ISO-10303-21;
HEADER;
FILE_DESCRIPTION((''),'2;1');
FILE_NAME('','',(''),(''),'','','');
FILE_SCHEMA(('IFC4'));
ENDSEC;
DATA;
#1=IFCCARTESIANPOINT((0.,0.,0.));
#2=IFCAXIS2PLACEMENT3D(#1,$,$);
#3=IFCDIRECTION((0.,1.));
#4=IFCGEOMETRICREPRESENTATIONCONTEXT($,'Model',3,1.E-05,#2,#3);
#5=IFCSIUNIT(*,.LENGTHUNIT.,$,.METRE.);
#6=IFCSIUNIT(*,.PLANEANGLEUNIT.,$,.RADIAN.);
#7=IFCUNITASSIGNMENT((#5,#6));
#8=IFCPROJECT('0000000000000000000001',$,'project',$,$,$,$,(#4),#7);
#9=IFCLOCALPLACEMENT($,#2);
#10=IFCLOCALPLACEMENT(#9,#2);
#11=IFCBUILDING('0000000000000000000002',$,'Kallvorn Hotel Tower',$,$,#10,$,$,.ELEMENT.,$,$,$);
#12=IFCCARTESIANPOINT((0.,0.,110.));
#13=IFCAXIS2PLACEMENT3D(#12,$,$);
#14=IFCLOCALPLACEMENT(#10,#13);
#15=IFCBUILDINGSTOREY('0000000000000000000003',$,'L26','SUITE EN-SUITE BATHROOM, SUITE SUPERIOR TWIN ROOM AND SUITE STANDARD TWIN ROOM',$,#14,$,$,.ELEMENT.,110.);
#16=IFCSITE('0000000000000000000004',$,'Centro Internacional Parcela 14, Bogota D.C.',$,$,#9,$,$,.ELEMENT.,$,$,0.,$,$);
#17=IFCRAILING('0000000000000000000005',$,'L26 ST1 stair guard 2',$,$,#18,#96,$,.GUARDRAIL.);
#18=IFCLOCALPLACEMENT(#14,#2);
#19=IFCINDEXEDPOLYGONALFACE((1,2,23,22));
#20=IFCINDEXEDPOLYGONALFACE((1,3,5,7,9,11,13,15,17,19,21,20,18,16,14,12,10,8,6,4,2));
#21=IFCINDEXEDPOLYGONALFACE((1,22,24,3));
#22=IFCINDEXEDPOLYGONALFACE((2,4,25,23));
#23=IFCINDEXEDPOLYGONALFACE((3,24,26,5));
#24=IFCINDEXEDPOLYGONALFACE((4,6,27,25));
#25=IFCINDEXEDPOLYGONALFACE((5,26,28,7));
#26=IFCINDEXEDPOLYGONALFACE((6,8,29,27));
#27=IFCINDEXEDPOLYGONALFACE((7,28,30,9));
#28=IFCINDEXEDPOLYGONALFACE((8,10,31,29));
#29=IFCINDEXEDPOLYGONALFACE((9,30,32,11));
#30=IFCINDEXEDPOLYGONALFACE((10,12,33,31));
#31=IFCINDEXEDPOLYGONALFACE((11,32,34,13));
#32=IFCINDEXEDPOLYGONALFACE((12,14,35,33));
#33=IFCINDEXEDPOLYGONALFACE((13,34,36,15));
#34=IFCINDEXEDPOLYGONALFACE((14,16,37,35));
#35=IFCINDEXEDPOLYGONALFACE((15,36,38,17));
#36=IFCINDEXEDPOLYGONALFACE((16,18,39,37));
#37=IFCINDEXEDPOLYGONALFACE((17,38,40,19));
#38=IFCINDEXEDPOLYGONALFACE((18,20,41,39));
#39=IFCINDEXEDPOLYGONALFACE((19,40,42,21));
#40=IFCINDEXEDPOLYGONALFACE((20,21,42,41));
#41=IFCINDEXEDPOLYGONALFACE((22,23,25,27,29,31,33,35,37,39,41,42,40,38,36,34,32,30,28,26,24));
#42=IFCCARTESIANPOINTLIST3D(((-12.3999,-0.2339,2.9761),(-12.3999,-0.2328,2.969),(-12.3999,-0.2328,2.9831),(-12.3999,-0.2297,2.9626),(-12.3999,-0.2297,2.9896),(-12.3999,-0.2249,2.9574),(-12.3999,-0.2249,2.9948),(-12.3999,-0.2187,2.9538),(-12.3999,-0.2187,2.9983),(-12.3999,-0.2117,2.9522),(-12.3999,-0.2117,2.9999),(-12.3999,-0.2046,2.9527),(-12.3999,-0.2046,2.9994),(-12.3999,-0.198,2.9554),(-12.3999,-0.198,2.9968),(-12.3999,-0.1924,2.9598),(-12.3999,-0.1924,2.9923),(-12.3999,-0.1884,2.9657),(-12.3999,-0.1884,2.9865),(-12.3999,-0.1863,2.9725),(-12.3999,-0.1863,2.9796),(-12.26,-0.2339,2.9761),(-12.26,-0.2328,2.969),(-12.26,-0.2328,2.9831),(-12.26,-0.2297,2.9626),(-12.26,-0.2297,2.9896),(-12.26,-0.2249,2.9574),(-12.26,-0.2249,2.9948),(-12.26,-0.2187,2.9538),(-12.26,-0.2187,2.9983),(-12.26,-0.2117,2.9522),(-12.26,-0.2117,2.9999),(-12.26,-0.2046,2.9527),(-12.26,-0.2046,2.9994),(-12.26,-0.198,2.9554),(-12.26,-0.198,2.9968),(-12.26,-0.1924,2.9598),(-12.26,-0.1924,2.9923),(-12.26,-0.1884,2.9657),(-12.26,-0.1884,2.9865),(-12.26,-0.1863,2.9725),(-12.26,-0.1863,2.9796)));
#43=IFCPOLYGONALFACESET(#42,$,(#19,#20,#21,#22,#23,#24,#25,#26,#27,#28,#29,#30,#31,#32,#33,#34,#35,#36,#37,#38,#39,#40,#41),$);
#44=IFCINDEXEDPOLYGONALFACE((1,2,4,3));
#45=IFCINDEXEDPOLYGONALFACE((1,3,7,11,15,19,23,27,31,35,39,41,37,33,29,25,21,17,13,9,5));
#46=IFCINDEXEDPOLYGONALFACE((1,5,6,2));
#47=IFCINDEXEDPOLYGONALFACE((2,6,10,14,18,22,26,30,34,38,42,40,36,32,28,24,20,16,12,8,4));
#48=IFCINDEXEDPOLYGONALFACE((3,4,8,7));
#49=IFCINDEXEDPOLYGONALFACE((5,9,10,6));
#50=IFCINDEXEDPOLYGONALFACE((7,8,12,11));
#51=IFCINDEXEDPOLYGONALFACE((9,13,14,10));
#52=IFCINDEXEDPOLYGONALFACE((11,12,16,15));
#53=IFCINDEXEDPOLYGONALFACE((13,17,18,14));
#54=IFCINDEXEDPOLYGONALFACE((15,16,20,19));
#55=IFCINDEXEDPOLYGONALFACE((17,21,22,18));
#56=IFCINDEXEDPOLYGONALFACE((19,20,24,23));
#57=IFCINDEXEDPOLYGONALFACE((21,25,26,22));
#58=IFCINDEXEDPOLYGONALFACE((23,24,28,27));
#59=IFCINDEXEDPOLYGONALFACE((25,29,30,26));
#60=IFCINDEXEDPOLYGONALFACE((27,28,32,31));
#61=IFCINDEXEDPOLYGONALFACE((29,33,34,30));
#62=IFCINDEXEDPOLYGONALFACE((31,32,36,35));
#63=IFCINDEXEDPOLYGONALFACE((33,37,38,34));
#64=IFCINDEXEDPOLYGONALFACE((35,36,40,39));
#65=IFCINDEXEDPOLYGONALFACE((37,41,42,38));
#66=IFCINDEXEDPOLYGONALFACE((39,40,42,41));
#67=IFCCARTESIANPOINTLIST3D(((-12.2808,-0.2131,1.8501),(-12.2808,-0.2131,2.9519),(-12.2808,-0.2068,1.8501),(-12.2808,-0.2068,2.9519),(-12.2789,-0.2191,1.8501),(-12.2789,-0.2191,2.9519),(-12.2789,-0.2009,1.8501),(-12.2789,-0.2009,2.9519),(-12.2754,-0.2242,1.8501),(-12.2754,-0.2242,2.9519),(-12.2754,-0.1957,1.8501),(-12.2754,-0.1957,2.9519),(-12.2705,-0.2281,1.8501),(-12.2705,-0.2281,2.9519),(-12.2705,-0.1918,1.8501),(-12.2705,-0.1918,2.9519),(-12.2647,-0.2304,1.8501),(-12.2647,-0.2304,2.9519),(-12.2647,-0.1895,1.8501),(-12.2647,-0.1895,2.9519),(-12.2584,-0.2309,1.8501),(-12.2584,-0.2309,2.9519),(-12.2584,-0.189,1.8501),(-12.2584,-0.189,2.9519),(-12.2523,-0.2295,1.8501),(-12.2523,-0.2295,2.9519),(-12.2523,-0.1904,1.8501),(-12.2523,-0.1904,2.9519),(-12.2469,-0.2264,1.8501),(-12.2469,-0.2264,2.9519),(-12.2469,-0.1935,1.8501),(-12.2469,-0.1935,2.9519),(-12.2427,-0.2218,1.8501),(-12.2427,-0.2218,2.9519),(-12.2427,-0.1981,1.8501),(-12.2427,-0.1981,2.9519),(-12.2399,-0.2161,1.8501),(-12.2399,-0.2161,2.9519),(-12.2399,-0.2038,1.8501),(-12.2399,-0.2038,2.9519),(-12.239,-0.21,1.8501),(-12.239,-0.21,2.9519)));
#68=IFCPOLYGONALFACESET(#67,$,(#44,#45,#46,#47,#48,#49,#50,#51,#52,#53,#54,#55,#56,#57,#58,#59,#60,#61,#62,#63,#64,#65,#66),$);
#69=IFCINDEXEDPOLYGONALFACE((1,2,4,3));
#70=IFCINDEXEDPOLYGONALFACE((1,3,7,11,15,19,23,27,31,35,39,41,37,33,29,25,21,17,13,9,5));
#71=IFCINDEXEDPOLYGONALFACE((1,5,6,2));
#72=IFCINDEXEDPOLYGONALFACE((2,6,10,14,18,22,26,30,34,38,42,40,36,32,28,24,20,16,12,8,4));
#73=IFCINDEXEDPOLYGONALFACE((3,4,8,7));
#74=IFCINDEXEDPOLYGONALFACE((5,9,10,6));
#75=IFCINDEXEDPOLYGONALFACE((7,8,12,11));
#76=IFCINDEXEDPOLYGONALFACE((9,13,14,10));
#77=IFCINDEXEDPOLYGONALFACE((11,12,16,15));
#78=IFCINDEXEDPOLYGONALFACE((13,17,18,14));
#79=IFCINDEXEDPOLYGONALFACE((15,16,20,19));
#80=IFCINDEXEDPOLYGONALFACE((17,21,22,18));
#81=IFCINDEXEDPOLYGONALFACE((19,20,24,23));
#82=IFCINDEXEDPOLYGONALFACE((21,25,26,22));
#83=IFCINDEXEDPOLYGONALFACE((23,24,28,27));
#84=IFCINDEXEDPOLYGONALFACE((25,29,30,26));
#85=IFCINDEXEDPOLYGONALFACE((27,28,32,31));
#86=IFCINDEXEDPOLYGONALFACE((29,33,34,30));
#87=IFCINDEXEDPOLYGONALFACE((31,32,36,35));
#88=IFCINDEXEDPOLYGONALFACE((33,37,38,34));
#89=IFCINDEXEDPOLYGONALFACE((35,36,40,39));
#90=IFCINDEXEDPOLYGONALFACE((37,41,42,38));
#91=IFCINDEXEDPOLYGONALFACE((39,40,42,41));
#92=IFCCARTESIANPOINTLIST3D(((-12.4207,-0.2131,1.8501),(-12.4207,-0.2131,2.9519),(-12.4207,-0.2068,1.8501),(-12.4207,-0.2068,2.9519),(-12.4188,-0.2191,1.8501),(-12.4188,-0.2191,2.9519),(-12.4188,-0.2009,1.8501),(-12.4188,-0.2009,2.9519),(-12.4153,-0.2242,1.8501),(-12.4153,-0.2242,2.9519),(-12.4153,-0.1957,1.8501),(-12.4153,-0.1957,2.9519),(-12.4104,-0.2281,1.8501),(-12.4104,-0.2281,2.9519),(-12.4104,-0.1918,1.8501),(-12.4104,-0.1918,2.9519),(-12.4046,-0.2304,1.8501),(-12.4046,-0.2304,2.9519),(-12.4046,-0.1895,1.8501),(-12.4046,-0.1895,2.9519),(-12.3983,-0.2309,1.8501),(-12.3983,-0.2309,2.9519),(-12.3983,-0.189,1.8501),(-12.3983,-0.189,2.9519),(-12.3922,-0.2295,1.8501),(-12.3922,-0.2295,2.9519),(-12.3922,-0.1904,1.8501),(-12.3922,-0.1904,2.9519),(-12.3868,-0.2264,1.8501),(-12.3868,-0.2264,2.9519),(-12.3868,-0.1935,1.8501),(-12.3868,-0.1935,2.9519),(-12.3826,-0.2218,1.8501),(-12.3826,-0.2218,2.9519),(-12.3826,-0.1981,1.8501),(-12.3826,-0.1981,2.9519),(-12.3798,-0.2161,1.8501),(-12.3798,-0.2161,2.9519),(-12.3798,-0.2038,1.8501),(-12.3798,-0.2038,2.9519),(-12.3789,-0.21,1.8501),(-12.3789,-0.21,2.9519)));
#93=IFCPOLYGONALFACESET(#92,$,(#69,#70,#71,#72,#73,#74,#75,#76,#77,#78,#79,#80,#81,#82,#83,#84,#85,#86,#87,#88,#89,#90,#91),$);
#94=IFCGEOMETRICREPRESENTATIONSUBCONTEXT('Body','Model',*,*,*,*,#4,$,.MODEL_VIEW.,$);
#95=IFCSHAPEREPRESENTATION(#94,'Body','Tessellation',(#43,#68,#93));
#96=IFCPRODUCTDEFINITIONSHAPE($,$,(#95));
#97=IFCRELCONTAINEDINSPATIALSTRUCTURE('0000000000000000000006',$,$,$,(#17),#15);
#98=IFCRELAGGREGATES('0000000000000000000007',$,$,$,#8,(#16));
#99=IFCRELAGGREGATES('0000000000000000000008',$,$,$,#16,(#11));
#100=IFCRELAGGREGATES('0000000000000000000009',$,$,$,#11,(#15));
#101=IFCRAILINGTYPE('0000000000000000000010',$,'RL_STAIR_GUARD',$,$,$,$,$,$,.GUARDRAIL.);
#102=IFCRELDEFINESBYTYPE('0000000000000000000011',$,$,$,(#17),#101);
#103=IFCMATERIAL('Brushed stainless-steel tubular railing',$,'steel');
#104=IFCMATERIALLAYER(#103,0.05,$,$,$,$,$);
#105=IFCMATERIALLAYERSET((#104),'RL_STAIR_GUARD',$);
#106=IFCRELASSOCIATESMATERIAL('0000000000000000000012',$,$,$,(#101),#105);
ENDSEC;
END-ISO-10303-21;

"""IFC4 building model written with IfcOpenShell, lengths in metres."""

from ifc_helpers import new_model, si_unit, direction, frame, origin, origin_2d, place, context, subcontext, project, spatial, circle, extrude, material, layer, layer_set, type_object, element, save


model = new_model("IFC4")

# Units and contexts
model_context = context("Model", 3, precision=1e-05, world=origin(), true_north=direction((0.0, 1.0)))
body_context = subcontext(model_context, "Body", "Model", "MODEL_VIEW")
ifc_project = project(units=[si_unit("LENGTHUNIT", "METRE"), si_unit("PLANEANGLEUNIT", "RADIAN")], contexts=[model_context])

# Site, building, storey
site_placement = place(None, origin())
site = spatial("IfcSite", under=ifc_project, at=site_placement, Name="Centro Internacional Parcela 14, Bogota D.C.", CompositionType="ELEMENT", RefElevation=0.0)
building_placement = place(site_placement, origin())
building = spatial("IfcBuilding", under=site, at=building_placement, Name="Kallvorn Hotel Tower", CompositionType="ELEMENT")
storey_placement = place(building_placement, frame((0.0, 0.0, 110.0)))
storey = spatial("IfcBuildingStorey", under=building, at=storey_placement, Name="L26", Description="SUITE EN-SUITE BATHROOM, SUITE SUPERIOR TWIN ROOM AND SUITE STANDARD TWIN ROOM", CompositionType="ELEMENT", Elevation=110.0)

# Railing
ifc_material_1 = material(Name="Brushed stainless-steel tubular railing", Category="steel")
ifc_layer_1 = layer(ifc_material_1, 0.05)
ifc_layer_set_1 = layer_set([ifc_layer_1], Name="RL_STAIR_GUARD")
railing_type_1 = type_object("IfcRailingType", Name="RL_STAIR_GUARD", PredefinedType="GUARDRAIL", material=ifc_layer_set_1)
railing_1_placement = place(storey_placement, frame((-12.26, -0.21, 1.8501)))
element("IfcRailing", 1, at=railing_1_placement, inside=storey, type_object=railing_type_1, Name="L26 ST1 stair guard 2", PredefinedType="GUARDRAIL", context=body_context, shape_type="SweptSolid", body=[
    extrude(circle(Radius=0.0239, at=origin_2d()), frame((0.0, 0.0, 1.126), z_axis=(-1.0, 0.0, 0.0), x_axis=(0.0, -1.0, 0.0)), (0.0, 0.0, 1.0), 0.1399),
    extrude(circle(Radius=0.021, at=origin_2d()), origin(), (0.0, 0.0, 1.0), 1.1018),
    extrude(circle(Radius=0.021, at=origin_2d()), frame((-0.1399, 0.0, 0.0)), (0.0, 0.0, 1.0), 1.1018),
])

save(model, "model.ifc")
